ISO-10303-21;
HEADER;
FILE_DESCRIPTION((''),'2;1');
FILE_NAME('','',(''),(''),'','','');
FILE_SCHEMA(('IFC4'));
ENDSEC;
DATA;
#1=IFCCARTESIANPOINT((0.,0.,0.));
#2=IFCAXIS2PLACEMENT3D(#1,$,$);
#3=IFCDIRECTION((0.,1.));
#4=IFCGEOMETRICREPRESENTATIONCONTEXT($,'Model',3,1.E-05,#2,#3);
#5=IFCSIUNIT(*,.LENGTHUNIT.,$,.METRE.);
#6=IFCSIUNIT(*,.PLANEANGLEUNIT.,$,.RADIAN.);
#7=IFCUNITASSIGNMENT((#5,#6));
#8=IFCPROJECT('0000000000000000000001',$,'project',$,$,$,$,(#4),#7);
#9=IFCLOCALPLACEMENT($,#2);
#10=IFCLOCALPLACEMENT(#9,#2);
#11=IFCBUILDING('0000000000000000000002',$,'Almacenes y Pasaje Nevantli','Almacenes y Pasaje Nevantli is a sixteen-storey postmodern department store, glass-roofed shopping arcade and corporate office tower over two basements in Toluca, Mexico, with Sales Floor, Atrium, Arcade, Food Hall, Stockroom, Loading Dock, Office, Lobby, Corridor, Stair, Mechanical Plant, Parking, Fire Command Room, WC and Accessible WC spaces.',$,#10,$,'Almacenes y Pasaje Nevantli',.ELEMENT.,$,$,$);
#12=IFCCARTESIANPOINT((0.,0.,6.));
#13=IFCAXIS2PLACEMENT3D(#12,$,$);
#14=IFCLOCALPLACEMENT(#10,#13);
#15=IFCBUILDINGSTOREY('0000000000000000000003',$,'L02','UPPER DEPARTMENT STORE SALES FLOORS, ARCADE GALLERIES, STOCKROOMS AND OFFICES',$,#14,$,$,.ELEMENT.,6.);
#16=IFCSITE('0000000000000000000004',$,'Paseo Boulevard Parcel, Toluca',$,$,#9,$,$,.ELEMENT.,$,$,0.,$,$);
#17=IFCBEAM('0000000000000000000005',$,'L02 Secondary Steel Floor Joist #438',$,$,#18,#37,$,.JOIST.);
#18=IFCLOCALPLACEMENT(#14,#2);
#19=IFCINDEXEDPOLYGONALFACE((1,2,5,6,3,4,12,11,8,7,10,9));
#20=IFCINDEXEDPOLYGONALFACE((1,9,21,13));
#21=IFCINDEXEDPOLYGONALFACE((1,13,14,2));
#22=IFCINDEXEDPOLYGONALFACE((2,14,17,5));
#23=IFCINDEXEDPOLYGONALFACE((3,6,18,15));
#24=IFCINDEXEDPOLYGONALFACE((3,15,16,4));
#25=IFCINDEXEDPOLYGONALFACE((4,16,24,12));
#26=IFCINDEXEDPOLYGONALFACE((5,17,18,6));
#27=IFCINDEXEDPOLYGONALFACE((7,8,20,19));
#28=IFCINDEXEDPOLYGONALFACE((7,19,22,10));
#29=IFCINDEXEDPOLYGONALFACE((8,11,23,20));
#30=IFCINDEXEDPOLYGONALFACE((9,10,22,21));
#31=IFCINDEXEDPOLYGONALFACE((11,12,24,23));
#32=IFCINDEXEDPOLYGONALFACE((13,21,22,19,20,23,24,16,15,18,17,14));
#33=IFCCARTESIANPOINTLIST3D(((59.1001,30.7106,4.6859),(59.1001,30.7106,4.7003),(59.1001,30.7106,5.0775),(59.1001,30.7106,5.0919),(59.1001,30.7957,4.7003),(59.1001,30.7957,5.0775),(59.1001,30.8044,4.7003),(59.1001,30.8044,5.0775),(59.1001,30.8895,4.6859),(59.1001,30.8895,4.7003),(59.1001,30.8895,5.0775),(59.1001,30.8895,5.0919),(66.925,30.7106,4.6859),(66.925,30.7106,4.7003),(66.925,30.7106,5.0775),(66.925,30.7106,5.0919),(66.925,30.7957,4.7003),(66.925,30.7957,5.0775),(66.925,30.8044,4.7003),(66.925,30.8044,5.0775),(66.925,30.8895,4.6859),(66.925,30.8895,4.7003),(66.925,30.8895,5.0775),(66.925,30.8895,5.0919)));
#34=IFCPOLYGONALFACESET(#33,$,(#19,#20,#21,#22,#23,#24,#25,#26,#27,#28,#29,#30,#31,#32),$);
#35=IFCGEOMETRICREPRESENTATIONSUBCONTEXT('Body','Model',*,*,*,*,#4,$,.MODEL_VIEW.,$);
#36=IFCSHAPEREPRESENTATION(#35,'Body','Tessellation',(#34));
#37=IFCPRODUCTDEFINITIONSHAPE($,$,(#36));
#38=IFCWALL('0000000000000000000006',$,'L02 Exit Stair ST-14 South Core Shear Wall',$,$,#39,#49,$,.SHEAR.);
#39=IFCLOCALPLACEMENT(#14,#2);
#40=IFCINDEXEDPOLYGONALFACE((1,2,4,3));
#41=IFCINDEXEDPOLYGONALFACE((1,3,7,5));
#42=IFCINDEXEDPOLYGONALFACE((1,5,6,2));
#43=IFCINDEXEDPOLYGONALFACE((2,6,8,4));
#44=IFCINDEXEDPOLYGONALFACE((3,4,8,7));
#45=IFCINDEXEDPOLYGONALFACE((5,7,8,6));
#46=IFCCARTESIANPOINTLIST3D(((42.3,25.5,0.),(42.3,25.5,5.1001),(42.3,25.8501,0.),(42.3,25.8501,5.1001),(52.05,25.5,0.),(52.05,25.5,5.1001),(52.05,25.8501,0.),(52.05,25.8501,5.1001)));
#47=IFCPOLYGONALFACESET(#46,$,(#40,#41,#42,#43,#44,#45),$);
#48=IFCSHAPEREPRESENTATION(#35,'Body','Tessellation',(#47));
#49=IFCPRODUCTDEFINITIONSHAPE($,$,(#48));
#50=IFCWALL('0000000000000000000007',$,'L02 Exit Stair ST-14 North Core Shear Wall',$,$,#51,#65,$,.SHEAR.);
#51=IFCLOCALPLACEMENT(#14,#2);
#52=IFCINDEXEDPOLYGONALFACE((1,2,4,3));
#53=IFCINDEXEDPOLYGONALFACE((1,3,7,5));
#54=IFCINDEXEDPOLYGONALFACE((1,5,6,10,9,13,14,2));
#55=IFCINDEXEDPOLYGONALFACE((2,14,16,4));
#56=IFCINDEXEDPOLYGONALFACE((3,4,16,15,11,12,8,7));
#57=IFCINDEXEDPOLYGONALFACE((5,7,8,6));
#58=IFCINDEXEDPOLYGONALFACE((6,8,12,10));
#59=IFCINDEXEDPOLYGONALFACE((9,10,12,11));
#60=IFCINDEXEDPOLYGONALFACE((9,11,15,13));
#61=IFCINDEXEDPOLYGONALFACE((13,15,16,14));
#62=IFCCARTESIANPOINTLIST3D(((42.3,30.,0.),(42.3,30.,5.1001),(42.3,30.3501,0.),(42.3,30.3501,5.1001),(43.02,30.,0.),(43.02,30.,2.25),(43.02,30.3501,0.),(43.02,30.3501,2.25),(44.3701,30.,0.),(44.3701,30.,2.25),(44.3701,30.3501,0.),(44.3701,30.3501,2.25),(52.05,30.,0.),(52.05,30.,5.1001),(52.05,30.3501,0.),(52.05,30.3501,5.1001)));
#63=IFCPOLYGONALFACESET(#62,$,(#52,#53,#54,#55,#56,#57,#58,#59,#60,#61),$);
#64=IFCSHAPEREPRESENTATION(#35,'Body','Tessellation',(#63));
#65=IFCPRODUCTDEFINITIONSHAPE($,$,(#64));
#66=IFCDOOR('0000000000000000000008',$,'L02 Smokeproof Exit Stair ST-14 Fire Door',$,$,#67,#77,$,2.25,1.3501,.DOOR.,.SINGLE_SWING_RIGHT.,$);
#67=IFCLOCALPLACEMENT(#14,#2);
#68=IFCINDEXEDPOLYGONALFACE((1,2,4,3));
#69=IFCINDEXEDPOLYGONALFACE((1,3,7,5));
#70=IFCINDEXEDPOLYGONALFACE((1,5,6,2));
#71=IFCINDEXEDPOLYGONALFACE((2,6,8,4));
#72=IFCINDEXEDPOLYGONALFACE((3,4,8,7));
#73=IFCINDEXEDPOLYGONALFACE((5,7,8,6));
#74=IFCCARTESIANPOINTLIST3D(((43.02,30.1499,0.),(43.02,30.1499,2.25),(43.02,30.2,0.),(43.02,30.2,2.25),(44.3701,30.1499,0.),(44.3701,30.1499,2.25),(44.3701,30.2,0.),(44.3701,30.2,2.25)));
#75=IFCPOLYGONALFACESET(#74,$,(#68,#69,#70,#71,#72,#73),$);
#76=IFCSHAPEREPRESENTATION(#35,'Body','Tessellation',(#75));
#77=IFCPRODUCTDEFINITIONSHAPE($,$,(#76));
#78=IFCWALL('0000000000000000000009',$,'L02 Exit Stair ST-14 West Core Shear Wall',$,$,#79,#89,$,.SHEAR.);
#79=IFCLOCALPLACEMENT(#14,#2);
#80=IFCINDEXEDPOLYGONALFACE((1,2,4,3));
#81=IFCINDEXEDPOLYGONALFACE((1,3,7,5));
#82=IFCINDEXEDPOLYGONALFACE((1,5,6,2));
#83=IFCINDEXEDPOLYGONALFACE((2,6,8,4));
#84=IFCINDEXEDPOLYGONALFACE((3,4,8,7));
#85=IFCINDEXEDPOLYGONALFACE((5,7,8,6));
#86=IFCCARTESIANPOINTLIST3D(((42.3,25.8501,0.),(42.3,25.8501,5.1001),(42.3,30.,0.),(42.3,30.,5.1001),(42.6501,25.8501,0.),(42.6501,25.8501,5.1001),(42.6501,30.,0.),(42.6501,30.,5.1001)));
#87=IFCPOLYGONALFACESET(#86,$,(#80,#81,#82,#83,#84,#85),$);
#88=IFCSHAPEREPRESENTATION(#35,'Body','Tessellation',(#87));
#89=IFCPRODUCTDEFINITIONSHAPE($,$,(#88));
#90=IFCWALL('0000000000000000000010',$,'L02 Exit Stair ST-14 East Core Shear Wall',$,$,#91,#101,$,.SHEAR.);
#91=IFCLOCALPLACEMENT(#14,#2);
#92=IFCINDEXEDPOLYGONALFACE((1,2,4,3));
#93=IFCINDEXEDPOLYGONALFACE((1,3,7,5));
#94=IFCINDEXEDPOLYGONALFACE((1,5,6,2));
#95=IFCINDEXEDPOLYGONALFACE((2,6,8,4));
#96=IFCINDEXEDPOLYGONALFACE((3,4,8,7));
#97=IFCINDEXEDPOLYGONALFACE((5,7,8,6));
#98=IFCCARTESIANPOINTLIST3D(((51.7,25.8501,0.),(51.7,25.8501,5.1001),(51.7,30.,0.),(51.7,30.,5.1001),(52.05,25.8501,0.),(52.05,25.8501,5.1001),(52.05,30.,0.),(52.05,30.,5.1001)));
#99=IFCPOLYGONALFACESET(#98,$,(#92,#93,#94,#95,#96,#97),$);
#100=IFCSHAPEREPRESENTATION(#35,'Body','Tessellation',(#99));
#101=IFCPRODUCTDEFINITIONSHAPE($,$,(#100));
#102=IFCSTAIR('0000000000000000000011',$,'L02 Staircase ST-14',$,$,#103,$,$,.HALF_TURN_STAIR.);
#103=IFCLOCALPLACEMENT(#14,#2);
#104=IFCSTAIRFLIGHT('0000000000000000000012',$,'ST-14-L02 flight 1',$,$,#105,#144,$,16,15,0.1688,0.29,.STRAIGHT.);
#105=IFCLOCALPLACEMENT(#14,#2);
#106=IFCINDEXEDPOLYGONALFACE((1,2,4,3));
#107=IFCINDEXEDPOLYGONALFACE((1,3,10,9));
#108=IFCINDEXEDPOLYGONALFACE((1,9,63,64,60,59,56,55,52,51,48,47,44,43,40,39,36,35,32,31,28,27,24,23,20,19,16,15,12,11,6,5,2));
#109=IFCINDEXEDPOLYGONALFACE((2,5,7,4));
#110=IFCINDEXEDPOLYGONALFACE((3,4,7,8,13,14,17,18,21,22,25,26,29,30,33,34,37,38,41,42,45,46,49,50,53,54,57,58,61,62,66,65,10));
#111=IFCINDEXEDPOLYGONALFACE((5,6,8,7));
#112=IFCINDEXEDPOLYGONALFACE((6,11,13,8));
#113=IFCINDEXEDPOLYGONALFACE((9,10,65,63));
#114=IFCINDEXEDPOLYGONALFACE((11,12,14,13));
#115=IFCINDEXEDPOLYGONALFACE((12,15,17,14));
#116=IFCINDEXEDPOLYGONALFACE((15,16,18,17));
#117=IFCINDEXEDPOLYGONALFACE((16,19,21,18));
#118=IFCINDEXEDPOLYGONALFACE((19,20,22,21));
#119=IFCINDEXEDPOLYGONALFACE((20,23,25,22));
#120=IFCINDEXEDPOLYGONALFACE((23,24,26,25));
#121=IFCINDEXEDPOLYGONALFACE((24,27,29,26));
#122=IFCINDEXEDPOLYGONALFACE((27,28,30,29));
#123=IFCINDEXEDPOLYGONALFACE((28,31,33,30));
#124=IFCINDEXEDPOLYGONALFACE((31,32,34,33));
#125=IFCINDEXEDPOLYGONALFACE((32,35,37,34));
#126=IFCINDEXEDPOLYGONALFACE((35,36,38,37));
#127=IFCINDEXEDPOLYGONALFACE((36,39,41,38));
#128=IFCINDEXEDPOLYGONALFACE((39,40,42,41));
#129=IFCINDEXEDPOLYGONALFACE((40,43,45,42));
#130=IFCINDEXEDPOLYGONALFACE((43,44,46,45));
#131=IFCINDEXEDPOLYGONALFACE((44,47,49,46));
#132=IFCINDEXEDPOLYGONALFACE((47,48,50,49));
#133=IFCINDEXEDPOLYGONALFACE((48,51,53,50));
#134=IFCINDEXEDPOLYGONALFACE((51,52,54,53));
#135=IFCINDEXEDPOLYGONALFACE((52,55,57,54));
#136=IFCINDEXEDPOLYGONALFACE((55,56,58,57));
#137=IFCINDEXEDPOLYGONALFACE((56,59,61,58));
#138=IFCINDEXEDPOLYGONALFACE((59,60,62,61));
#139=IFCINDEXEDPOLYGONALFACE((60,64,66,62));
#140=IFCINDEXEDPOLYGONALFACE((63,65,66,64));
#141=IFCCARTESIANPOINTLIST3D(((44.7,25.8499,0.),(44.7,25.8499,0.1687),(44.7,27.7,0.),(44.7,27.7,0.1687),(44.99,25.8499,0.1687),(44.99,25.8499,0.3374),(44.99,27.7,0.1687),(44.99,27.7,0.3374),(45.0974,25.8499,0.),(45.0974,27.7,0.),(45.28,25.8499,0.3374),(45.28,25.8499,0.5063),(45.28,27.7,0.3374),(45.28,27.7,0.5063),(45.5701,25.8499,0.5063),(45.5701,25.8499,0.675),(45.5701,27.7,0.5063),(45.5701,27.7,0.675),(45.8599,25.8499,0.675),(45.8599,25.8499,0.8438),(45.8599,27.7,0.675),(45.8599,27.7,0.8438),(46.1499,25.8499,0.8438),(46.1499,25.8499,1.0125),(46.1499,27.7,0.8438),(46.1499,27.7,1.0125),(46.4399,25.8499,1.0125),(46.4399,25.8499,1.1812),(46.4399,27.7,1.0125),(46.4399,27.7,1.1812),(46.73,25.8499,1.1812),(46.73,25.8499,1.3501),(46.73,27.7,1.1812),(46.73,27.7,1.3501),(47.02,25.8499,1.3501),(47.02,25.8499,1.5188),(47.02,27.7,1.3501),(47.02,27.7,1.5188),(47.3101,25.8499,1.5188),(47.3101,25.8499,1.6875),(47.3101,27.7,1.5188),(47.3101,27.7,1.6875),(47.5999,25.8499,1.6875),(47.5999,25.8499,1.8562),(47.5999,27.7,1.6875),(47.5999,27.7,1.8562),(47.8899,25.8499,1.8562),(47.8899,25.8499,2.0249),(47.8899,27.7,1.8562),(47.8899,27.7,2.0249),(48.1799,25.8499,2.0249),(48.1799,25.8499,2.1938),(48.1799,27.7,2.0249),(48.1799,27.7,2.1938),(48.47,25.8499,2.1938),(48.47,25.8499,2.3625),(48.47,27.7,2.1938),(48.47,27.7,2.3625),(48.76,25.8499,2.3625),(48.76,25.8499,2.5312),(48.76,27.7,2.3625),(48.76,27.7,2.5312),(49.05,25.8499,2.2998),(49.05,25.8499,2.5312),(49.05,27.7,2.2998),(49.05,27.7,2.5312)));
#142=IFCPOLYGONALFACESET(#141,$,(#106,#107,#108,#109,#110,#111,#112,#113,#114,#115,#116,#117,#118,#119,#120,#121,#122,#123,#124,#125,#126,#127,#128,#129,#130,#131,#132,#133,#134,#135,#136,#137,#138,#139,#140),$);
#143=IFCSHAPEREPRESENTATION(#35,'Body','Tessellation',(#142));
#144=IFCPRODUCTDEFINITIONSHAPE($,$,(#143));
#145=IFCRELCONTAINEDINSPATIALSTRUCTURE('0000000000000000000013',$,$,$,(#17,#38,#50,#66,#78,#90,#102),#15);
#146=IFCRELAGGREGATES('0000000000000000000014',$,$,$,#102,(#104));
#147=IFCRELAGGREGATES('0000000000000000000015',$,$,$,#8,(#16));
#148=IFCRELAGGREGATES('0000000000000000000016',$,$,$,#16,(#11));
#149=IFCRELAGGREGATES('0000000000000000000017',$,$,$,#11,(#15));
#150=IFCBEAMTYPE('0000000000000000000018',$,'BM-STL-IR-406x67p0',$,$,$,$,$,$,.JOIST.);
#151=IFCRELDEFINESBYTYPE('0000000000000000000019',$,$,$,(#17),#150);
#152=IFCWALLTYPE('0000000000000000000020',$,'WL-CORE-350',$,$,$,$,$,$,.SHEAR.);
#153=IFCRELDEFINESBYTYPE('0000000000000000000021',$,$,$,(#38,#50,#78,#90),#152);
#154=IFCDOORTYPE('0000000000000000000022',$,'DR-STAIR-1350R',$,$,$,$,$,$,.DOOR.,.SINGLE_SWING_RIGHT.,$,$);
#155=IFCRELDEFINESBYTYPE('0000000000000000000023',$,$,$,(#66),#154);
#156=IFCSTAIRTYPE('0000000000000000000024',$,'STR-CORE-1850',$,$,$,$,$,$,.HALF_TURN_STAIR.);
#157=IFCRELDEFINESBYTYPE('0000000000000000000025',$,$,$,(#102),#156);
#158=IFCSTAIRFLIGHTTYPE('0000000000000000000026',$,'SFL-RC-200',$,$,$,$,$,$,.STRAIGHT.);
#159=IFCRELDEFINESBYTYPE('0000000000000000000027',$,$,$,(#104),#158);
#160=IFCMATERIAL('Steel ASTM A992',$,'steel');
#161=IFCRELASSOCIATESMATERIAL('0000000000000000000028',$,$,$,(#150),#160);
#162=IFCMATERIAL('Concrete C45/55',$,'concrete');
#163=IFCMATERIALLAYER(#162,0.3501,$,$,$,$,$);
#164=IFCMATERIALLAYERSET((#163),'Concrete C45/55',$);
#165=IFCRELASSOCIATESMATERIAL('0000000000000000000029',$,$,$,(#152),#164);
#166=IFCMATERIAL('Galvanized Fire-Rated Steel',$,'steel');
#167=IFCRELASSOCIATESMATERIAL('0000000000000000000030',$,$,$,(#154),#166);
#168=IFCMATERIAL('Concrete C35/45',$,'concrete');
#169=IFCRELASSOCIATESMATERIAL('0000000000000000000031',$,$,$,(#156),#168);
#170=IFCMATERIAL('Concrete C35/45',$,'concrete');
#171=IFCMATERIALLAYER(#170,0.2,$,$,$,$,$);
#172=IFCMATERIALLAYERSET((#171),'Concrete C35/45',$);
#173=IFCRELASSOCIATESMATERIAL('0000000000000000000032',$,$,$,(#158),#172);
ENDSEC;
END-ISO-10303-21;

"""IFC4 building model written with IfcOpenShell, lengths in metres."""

from ifc_helpers import new_model, si_unit, direction, frame, frame_2d, origin, origin_2d, place, context, subcontext, project, spatial, polyline, rectangle, i_section, outline, extrude, material, layer, layer_set, material_profile, profile_set, type_object, element, fill, aggregate, save


model = new_model("IFC4")

# Units and contexts
model_context = context("Model", 3, precision=1e-05, world=origin(), true_north=direction((0.0, 1.0)))
body_context = subcontext(model_context, "Body", "Model", "MODEL_VIEW")
ifc_project = project(units=[si_unit("LENGTHUNIT", "METRE"), si_unit("PLANEANGLEUNIT", "RADIAN")], contexts=[model_context])

# Site, building, storey
site_placement = place(None, origin())
site = spatial("IfcSite", under=ifc_project, at=site_placement, Name="Paseo Boulevard Parcel, Toluca", CompositionType="ELEMENT", RefElevation=0.0)
building_placement = place(site_placement, origin())
building = spatial("IfcBuilding", under=site, at=building_placement, Name="Almacenes y Pasaje Nevantli", Description="Almacenes y Pasaje Nevantli is a sixteen-storey postmodern department store, glass-roofed shopping arcade and corporate office tower over two basements in Toluca, Mexico, with Sales Floor, Atrium, Arcade, Food Hall, Stockroom, Loading Dock, Office, Lobby, Corridor, Stair, Mechanical Plant, Parking, Fire Command Room, WC and Accessible WC spaces.", LongName="Almacenes y Pasaje Nevantli", CompositionType="ELEMENT")
storey_placement = place(building_placement, frame((0.0, 0.0, 6.0)))
storey = spatial("IfcBuildingStorey", under=building, at=storey_placement, Name="L02", Description="UPPER DEPARTMENT STORE SALES FLOORS, ARCADE GALLERIES, STOCKROOMS AND OFFICES", CompositionType="ELEMENT", Elevation=6.0)

# Beam
ifc_material_1 = material(Name="Steel ASTM A992", Category="steel")
ifc_material_profile_1 = material_profile(ifc_material_1, i_section(OverallWidth=0.179, OverallDepth=0.406, WebThickness=0.0088, FlangeThickness=0.0144, at=origin_2d()), Name="IR 406x67.0")
ifc_profile_set_1 = profile_set([ifc_material_profile_1], Name="Steel ASTM A992")
beam_type_1 = type_object("IfcBeamType", Name="BM-STL-IR-406x67p0", PredefinedType="JOIST", material=ifc_profile_set_1)
for number, where, z_axis, x_axis, name in (
    (1, (59.1001, 30.8, 4.8889), (1.0, 0.0, 0.0), (0.0, 1.0, 0.0), "L02 Secondary Steel Floor Joist #438"),
):
    element("IfcBeam", number, at=place(storey_placement, frame(where, z_axis=z_axis, x_axis=x_axis)), inside=storey, type_object=beam_type_1, Name=name, PredefinedType="JOIST", context=body_context, shape_type="SweptSolid", body=[
        extrude(i_section(OverallWidth=0.179, OverallDepth=0.406, WebThickness=0.0088, FlangeThickness=0.0144, at=origin_2d()), origin(), (0.0, 0.0, 1.0), 7.825),
    ])

# Wall
ifc_material_2 = material(Name="Concrete C45/55", Category="concrete")
ifc_layer_1 = layer(ifc_material_2, 0.3501)
ifc_layer_set_1 = layer_set([ifc_layer_1], Name="Concrete C45/55")
wall_type = type_object("IfcWallType", Name="WL-CORE-350", PredefinedType="SHEAR", material=ifc_layer_set_1)
wall_1_placement = place(storey_placement, frame((42.3, 25.675, 0.0), z_axis=(0.0, 0.0, 1.0), x_axis=(1.0, 0.0, 0.0)))
element("IfcWall", 2, at=wall_1_placement, inside=storey, type_object=wall_type, Name="L02 Exit Stair ST-14 South Core Shear Wall", PredefinedType="SHEAR", context=body_context, shape_type="SweptSolid", body=[
    extrude(rectangle(XDim=9.75, YDim=0.3501, at=frame_2d((4.875, 0.0))), origin(), (0.0, 0.0, 1.0), 5.1001),
])

# Wall, opening, door
wall_2_placement = place(storey_placement, frame((42.3, 30.175, 0.0), z_axis=(0.0, 0.0, 1.0), x_axis=(1.0, 0.0, 0.0)))
wall_2 = element("IfcWall", 3, at=wall_2_placement, inside=storey, type_object=wall_type, Name="L02 Exit Stair ST-14 North Core Shear Wall", PredefinedType="SHEAR", context=body_context, shape_type="SweptSolid", body=[
    extrude(rectangle(XDim=9.75, YDim=0.3501, at=frame_2d((4.875, 0.0))), origin(), (0.0, 0.0, 1.0), 5.1001),
])
opening_placement = place(wall_2_placement, frame((0.72, 0.0, 0.0)))
opening = element("IfcOpeningElement", 4, at=opening_placement, cuts=wall_2, PredefinedType="OPENING", context=body_context, shape_type="SweptSolid", body=[
    extrude(rectangle(XDim=1.3501, YDim=2.25, at=frame_2d((0.675, 1.125))), frame((0.0, 0.1851, 0.0), z_axis=(0.0, -1.0, 0.0), x_axis=(1.0, 0.0, 0.0)), (0.0, 0.0, 1.0), 0.3701),
])
ifc_material_3 = material(Name="Galvanized Fire-Rated Steel", Category="steel")
door_type = type_object("IfcDoorType", Name="DR-STAIR-1350R", OperationType="SINGLE_SWING_RIGHT", PredefinedType="DOOR", material=ifc_material_3)
door_placement = place(opening_placement, origin())
door = element("IfcDoor", 5, at=door_placement, inside=storey, type_object=door_type, Name="L02 Smokeproof Exit Stair ST-14 Fire Door", OperationType="SINGLE_SWING_RIGHT", OverallHeight=2.25, OverallWidth=1.3501, PredefinedType="DOOR", context=body_context, shape_type="SweptSolid", body=[
    extrude(rectangle(XDim=1.3501, YDim=2.25, at=frame_2d((0.675, 1.125))), frame((0.0, 0.0249, 0.0), z_axis=(0.0, -1.0, 0.0), x_axis=(1.0, 0.0, 0.0)), (0.0, 0.0, 1.0), 0.05),
])
fill(opening, door)

# Walls
for number, where, z_axis, x_axis, name in (
    (6, (42.4751, 25.8501, 0.0), (0.0, 0.0, 1.0), (0.0, 1.0, 0.0), "L02 Exit Stair ST-14 West Core Shear Wall"),
    (7, (51.875, 25.8501, 0.0), (0.0, 0.0, 1.0), (0.0, 1.0, 0.0), "L02 Exit Stair ST-14 East Core Shear Wall"),
):
    element("IfcWall", number, at=place(storey_placement, frame(where, z_axis=z_axis, x_axis=x_axis)), inside=storey, type_object=wall_type, Name=name, PredefinedType="SHEAR", context=body_context, shape_type="SweptSolid", body=[
        extrude(rectangle(XDim=4.1499, YDim=0.3501, at=frame_2d((2.075, 0.0))), origin(), (0.0, 0.0, 1.0), 5.1001),
    ])

# Stair, stair flight
ifc_material_4 = material(Name="Concrete C35/45", Category="concrete")
stair_type = type_object("IfcStairType", Name="STR-CORE-1850", PredefinedType="HALF_TURN_STAIR", material=ifc_material_4)
stair_placement = place(storey_placement, origin())
stair = element("IfcStair", 8, at=stair_placement, inside=storey, type_object=stair_type, Name="L02 Staircase ST-14", PredefinedType="HALF_TURN_STAIR")
ifc_material_5 = material(Name="Concrete C35/45", Category="concrete")
ifc_layer_2 = layer(ifc_material_5, 0.2)
ifc_layer_set_2 = layer_set([ifc_layer_2], Name="Concrete C35/45")
stair_flight_type = type_object("IfcStairFlightType", Name="SFL-RC-200", PredefinedType="STRAIGHT", material=ifc_layer_set_2)
stair_flight_1_placement = place(storey_placement, frame((44.7, 26.7749, 0.0), z_axis=(0.0, 0.0, 1.0), x_axis=(1.0, 0.0, 0.0)))
stair_flight_1 = element("IfcStairFlight", 9, at=stair_flight_1_placement, type_object=stair_flight_type, Name="ST-14-L02 flight 1", NumberOfRisers=16, NumberOfTreads=15, PredefinedType="STRAIGHT", RiserHeight=0.1688, TreadLength=0.29, context=body_context, shape_type="SweptSolid", body=[
    extrude(outline(polyline([(0.0, 0.0), (0.0, 0.1687), (0.29, 0.1687), (0.29, 0.3374), (0.5801, 0.3374), (0.5801, 0.5063), (0.8701, 0.5063), (0.8701, 0.675), (1.1599, 0.675), (1.1599, 0.8438), (1.45, 0.8438), (1.45, 1.0125), (1.74, 1.0125), (1.74, 1.1812), (2.03, 1.1812), (2.03, 1.3501), (2.3201, 1.3501), (2.3201, 1.5188), (2.6101, 1.5188), (2.6101, 1.6875), (2.8999, 1.6875), (2.8999, 1.8562), (3.1899, 1.8562), (3.1899, 2.0249), (3.48, 2.0249), (3.48, 2.1938), (3.77, 2.1938), (3.77, 2.3625), (4.0601, 2.3625), (4.0601, 2.5312), (4.3501, 2.5312), (4.3501, 2.7), (4.3501, 2.2998), (0.3975, 0.0), (0.0, 0.0)])), frame((0.0, 0.925, 0.0), z_axis=(0.0, -1.0, 0.0), x_axis=(1.0, 0.0, 0.0)), (0.0, 0.0, 1.0), 1.8501),
])
aggregate(stair, [stair_flight_1])

save(model, "model.ifc")
